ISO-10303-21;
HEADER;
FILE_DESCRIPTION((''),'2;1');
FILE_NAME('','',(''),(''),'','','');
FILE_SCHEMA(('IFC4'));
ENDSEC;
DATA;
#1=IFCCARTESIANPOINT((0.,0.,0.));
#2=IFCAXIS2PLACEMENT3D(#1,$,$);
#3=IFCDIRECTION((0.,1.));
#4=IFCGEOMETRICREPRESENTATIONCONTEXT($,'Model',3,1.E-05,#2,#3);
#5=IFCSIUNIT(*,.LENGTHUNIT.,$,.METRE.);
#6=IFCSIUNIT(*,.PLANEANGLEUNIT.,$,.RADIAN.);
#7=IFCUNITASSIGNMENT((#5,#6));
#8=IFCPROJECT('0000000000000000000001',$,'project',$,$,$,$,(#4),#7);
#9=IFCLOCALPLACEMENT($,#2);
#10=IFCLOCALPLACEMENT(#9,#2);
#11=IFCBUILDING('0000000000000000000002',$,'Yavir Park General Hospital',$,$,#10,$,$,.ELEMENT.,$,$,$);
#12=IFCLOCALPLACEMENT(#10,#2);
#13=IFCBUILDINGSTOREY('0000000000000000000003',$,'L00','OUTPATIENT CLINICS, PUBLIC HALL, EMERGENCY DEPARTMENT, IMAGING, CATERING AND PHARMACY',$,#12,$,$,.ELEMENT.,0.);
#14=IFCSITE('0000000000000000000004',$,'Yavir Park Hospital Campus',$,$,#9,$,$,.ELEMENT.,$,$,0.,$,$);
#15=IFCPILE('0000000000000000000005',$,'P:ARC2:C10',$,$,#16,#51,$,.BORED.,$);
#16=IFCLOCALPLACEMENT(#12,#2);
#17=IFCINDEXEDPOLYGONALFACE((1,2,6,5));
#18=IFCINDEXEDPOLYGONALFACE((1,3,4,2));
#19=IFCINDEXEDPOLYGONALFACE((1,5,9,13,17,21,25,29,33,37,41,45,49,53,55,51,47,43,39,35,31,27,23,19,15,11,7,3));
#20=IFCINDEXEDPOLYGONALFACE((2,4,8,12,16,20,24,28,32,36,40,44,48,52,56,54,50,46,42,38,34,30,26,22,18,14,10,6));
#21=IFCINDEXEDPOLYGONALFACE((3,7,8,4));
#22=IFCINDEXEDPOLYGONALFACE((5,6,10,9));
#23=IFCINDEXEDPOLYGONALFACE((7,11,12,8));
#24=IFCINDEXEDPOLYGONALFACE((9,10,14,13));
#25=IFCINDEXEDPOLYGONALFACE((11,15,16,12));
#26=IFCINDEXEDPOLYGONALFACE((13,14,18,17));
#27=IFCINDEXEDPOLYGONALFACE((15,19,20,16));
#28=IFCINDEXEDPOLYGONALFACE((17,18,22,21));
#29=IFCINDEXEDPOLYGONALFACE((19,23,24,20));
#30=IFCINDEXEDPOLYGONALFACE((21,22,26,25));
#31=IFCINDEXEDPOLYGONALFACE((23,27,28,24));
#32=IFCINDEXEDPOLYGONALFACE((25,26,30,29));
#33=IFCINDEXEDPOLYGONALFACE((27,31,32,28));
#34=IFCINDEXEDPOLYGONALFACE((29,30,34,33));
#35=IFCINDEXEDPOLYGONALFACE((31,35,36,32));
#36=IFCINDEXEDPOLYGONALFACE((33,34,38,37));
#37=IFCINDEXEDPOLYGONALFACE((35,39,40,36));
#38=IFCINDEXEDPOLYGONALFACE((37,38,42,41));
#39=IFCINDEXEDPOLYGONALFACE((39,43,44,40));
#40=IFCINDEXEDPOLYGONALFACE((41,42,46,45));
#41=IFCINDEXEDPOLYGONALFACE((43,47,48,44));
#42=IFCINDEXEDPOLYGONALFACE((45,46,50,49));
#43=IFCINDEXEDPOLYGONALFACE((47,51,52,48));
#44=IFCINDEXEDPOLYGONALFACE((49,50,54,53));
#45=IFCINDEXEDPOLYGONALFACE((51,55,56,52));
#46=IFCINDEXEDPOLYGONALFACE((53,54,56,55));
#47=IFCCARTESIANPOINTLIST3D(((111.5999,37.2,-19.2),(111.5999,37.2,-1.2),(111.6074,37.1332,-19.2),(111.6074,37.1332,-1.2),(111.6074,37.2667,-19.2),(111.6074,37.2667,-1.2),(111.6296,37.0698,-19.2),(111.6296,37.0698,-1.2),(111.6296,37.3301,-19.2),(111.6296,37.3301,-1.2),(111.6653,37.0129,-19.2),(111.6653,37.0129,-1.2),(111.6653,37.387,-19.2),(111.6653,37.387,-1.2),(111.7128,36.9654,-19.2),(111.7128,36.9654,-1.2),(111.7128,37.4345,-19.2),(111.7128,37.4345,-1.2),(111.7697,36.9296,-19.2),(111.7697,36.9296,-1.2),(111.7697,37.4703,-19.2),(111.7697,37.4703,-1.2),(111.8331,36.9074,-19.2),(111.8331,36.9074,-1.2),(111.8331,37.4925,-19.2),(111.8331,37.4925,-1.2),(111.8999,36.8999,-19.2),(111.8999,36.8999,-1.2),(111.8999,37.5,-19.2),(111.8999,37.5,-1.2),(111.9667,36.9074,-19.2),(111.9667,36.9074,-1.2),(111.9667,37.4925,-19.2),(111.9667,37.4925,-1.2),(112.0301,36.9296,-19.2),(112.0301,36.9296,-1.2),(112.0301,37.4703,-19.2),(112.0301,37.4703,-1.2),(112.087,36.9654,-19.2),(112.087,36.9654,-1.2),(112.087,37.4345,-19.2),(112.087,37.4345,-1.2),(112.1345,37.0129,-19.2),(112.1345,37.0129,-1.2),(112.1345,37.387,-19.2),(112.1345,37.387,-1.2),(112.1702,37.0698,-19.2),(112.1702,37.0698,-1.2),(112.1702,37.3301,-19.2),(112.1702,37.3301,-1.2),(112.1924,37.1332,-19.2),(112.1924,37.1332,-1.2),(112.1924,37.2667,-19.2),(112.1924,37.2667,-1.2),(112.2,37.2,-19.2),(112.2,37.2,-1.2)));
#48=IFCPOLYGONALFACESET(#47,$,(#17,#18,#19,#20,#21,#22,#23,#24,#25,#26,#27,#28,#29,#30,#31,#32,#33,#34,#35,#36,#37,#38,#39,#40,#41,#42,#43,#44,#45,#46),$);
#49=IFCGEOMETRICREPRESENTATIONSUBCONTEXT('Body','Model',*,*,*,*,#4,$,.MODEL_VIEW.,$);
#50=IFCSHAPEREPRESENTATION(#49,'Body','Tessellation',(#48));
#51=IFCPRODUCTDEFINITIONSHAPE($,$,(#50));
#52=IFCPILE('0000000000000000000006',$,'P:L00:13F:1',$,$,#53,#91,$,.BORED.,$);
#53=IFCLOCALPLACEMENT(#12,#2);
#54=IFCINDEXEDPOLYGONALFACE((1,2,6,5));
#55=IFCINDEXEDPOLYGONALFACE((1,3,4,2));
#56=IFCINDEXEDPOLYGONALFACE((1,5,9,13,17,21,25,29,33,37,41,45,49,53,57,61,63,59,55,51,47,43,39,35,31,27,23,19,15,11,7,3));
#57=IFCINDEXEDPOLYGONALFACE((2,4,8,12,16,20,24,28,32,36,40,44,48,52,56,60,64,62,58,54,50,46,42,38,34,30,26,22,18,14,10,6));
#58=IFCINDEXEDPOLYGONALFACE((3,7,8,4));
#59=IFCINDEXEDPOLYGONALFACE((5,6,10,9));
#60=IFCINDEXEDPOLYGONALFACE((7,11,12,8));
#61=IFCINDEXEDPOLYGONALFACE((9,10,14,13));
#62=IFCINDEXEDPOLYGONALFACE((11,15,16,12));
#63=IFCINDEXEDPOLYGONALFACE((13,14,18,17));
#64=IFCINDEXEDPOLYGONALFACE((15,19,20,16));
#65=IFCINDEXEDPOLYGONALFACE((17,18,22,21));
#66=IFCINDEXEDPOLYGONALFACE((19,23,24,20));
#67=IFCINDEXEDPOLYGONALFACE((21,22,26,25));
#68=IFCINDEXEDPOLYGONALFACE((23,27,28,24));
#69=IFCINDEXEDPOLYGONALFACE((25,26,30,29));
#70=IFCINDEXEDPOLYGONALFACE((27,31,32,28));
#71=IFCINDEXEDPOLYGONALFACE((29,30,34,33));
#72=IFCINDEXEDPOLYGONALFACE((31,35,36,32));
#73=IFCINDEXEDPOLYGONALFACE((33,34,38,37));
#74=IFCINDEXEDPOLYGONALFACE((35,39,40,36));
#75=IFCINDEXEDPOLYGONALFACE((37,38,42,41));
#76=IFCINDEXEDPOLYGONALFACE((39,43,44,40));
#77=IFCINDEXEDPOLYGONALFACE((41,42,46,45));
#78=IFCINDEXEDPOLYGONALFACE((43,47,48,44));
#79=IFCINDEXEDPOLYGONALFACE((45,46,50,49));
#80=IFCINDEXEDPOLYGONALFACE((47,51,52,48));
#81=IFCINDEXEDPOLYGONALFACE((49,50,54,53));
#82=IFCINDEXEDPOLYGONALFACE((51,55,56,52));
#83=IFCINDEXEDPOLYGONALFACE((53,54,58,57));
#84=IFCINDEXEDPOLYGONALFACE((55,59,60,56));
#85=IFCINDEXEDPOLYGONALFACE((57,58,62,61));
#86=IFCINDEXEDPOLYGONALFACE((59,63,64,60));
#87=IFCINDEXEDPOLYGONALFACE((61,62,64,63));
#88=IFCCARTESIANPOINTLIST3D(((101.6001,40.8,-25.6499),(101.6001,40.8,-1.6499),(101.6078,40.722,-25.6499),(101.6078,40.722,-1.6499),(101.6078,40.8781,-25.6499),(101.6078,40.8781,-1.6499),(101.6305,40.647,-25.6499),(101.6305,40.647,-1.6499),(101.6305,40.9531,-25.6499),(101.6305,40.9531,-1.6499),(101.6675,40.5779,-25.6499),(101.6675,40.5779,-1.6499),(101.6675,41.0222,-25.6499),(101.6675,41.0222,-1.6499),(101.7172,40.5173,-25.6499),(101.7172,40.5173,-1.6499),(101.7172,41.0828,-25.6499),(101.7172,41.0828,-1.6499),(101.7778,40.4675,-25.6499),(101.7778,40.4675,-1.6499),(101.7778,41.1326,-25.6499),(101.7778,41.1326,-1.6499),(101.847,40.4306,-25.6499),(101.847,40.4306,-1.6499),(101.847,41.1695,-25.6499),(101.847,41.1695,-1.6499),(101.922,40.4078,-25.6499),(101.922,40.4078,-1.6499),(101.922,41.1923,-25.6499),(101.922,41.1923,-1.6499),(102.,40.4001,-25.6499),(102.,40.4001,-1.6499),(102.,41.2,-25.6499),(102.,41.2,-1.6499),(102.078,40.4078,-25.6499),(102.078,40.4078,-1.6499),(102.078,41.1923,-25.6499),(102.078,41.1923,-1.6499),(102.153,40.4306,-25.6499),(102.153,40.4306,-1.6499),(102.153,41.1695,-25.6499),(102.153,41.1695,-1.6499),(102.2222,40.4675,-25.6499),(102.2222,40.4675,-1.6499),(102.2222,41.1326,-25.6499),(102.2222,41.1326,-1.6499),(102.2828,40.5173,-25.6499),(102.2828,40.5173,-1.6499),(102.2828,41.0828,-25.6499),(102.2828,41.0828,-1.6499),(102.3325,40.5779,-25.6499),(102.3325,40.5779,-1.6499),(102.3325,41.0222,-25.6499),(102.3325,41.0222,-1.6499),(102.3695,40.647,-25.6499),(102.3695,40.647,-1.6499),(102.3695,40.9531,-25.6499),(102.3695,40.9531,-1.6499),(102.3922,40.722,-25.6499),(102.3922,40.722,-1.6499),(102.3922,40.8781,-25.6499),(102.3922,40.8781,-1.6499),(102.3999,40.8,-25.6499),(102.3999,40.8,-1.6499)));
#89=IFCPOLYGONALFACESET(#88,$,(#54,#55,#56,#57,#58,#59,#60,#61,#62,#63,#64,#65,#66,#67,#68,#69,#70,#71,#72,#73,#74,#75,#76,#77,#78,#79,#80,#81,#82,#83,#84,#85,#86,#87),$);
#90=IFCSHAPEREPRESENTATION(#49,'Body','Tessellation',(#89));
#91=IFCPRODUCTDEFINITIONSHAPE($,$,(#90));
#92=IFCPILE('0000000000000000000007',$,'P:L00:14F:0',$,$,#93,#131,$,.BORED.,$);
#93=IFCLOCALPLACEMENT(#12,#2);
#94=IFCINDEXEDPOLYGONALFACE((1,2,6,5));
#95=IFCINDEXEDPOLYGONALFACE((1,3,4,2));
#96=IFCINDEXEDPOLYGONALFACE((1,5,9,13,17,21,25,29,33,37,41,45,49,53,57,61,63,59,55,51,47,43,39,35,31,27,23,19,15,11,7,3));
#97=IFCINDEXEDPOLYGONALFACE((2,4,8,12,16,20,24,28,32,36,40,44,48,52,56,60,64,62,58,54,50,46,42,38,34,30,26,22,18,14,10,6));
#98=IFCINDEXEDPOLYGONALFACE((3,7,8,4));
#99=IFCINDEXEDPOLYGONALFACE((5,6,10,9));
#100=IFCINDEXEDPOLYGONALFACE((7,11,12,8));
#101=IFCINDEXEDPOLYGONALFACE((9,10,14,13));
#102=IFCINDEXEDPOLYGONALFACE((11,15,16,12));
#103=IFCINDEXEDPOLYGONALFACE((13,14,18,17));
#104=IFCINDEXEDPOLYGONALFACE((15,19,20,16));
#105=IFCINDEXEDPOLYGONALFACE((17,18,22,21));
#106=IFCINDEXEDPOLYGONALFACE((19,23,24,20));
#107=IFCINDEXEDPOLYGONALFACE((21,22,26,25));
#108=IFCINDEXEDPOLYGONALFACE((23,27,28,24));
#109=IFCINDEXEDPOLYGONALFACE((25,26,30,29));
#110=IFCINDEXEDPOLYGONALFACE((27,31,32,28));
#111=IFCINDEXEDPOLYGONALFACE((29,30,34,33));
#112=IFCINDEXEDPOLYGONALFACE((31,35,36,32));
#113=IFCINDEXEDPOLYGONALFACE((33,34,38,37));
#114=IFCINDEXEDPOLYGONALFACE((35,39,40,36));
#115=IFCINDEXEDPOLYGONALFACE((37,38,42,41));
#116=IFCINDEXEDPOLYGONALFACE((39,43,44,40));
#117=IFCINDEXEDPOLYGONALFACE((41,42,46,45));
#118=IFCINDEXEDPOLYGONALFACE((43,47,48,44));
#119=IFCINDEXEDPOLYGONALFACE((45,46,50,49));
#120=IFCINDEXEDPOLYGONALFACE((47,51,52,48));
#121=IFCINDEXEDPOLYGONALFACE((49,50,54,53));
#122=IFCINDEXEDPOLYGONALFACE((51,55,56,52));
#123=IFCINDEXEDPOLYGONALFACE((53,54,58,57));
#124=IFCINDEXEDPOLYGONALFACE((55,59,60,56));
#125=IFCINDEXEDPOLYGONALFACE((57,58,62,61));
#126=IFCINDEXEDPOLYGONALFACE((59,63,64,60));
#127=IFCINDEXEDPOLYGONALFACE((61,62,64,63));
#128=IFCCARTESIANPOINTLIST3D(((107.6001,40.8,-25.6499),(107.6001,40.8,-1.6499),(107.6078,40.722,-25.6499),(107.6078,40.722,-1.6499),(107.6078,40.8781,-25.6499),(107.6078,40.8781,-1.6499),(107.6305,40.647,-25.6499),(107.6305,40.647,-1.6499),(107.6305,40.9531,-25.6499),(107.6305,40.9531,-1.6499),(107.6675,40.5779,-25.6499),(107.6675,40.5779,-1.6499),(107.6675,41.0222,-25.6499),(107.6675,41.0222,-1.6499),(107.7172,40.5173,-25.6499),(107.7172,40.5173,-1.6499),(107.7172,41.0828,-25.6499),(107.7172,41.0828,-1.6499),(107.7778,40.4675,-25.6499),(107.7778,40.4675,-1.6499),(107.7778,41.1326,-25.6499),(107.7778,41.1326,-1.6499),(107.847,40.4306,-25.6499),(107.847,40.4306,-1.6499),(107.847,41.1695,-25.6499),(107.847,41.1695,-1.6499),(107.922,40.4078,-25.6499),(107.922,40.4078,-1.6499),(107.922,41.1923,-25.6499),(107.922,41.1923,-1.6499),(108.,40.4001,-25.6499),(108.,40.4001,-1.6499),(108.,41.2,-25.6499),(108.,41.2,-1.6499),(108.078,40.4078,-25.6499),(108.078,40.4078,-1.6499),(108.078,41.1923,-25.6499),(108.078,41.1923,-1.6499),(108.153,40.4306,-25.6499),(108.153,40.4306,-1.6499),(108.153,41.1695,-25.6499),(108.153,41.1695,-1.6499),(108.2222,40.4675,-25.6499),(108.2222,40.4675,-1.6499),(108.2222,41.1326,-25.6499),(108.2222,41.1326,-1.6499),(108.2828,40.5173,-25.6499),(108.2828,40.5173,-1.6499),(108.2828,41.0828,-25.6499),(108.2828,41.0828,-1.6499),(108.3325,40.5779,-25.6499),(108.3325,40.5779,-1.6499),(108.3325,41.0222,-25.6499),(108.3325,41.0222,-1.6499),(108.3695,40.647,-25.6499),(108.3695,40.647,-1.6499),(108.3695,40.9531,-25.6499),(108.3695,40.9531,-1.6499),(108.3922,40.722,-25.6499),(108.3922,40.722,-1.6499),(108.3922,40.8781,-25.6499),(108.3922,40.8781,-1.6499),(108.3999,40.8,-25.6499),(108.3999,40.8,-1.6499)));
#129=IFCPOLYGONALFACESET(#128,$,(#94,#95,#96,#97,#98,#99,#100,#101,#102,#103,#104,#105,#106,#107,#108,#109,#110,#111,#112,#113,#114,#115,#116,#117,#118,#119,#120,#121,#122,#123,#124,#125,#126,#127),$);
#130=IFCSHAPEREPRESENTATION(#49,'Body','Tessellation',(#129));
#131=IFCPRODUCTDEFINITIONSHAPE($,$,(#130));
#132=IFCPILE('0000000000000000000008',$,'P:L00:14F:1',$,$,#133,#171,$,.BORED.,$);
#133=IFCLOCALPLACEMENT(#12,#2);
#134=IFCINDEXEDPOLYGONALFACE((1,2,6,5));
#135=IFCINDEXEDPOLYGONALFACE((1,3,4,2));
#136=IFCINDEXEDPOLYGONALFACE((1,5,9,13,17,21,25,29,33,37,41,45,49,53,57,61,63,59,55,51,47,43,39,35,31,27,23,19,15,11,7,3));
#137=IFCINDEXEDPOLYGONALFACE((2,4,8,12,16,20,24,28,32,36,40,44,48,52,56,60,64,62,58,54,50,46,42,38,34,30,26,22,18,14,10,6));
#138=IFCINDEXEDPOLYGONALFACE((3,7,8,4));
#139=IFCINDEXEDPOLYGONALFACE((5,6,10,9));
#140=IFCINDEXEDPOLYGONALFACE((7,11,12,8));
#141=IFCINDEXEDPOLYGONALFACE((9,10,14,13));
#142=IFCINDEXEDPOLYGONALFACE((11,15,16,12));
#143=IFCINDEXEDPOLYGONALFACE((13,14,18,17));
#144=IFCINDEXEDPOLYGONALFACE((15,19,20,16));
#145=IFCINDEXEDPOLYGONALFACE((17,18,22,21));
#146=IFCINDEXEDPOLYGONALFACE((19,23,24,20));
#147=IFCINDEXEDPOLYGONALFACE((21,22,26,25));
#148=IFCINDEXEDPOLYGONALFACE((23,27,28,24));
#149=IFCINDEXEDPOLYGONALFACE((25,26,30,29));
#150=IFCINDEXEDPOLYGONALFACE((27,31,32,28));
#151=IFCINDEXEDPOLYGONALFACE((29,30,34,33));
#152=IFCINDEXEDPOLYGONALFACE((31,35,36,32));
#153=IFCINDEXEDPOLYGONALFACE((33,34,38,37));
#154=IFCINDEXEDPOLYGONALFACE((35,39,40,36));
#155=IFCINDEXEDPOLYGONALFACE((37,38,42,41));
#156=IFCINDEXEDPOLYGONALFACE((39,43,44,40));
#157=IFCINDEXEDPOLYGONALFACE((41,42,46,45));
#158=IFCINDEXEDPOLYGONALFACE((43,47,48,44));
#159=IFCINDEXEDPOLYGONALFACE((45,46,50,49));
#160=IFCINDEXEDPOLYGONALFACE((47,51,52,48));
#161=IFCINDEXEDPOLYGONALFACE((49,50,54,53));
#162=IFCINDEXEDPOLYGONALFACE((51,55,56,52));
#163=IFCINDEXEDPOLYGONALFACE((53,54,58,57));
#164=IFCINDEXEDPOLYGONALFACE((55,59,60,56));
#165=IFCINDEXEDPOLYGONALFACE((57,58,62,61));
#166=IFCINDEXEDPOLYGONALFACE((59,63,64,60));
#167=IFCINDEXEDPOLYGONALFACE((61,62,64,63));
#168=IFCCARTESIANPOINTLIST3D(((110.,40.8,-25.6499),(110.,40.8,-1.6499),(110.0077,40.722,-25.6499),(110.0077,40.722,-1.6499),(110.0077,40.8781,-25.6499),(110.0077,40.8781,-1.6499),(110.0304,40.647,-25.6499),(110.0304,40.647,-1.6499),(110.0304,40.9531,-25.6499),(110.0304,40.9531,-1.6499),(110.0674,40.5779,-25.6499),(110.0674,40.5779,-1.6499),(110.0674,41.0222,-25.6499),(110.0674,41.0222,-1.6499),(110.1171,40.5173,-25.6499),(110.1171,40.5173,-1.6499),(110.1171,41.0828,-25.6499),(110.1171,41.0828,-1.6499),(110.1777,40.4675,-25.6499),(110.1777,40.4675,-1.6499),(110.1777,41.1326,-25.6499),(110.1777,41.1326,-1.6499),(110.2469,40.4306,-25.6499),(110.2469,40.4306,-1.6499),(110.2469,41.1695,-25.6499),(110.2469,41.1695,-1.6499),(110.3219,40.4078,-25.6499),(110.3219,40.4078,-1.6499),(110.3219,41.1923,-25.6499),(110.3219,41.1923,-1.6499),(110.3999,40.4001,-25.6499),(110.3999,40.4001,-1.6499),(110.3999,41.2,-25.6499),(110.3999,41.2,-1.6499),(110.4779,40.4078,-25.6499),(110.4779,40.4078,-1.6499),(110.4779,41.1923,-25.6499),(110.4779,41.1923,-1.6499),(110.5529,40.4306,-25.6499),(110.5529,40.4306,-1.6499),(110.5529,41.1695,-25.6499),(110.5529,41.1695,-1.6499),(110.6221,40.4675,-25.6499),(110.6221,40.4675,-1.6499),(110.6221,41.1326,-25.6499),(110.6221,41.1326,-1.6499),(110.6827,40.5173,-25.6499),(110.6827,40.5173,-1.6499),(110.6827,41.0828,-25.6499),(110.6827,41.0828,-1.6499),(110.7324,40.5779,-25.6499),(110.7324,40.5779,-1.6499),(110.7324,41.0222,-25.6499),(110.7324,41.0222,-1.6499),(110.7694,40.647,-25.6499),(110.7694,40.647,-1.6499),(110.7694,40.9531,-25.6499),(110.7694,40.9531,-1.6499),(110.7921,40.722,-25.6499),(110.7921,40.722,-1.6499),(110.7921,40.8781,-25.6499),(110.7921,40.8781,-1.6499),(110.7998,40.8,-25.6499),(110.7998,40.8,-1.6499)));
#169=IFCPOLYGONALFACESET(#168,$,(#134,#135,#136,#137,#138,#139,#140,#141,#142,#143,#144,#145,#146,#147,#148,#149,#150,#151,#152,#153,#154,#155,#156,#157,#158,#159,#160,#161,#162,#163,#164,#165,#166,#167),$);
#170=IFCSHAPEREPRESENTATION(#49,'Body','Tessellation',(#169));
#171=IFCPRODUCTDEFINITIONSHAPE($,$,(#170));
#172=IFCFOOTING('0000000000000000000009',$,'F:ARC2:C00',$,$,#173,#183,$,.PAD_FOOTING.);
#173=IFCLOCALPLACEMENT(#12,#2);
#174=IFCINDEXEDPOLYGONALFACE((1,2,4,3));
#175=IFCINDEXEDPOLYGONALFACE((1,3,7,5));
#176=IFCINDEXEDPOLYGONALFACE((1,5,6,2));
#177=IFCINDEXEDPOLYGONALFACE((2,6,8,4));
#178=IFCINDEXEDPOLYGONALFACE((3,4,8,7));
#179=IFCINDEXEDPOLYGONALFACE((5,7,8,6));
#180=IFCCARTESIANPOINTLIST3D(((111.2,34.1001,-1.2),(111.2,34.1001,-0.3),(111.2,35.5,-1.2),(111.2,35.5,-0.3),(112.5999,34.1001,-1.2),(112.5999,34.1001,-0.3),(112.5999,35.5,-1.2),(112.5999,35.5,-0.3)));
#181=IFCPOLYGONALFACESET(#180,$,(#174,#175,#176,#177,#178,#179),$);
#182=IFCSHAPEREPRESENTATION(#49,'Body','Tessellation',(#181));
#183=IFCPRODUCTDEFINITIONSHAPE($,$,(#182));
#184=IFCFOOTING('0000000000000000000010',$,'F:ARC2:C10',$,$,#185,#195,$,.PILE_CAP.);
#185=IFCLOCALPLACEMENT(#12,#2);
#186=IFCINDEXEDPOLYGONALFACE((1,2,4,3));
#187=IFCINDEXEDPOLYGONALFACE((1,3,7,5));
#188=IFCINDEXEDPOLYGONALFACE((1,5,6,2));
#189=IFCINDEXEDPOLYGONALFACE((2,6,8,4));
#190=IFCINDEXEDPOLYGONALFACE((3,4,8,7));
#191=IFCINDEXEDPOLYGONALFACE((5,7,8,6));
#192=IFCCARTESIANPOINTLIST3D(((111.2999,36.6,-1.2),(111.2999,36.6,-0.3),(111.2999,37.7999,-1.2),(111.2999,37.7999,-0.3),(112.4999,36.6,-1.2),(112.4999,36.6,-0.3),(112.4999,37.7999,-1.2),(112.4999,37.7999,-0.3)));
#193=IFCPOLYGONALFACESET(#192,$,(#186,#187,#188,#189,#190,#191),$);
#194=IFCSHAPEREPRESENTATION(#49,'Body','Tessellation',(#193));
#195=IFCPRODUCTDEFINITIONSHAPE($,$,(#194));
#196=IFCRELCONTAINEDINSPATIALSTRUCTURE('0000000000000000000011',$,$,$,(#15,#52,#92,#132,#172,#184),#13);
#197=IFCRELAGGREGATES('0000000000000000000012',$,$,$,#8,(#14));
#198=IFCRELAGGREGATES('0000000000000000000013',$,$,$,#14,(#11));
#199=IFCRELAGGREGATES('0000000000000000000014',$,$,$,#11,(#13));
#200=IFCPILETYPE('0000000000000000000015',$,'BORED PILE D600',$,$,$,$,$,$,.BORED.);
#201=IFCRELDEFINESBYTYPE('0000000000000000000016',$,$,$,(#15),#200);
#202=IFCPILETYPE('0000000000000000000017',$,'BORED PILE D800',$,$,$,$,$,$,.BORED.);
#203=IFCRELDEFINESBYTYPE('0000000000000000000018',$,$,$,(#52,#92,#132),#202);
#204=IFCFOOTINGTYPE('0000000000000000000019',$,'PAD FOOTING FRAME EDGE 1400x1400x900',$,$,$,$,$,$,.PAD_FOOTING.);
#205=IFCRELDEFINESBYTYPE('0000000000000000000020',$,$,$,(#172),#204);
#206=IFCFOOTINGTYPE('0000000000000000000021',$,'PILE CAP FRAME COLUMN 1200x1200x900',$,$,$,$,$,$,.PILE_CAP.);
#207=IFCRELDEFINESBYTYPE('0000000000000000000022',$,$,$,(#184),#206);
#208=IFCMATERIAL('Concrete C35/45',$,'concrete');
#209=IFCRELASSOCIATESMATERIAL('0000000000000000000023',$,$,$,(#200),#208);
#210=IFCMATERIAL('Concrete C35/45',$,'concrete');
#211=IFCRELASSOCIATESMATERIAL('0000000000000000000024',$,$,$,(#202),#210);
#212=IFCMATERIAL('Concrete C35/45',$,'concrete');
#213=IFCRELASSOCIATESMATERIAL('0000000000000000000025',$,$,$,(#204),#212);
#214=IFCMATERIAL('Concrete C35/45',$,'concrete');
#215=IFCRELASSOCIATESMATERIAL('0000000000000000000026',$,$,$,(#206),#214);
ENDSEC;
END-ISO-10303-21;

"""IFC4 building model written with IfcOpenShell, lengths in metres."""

from ifc_helpers import new_model, si_unit, direction, frame, origin, origin_2d, place, context, subcontext, project, spatial, rectangle, circle, extrude, material, material_profile, profile_set, type_object, element, save


model = new_model("IFC4")

# Units and contexts
model_context = context("Model", 3, precision=1e-05, world=origin(), true_north=direction((0.0, 1.0)))
body_context = subcontext(model_context, "Body", "Model", "MODEL_VIEW")
ifc_project = project(units=[si_unit("LENGTHUNIT", "METRE"), si_unit("PLANEANGLEUNIT", "RADIAN")], contexts=[model_context])

# Site, building, storey
site_placement = place(None, origin())
site = spatial("IfcSite", under=ifc_project, at=site_placement, Name="Yavir Park Hospital Campus", CompositionType="ELEMENT", RefElevation=0.0)
building_placement = place(site_placement, origin())
building = spatial("IfcBuilding", under=site, at=building_placement, Name="Yavir Park General Hospital", CompositionType="ELEMENT")
storey_placement = place(building_placement, origin())
storey = spatial("IfcBuildingStorey", under=building, at=storey_placement, Name="L00", Description="OUTPATIENT CLINICS, PUBLIC HALL, EMERGENCY DEPARTMENT, IMAGING, CATERING AND PHARMACY", CompositionType="ELEMENT", Elevation=0.0)

# Piles
ifc_material_1 = material(Name="Concrete C35/45", Category="concrete")
ifc_material_profile_1 = material_profile(ifc_material_1, circle(Radius=0.3, at=origin_2d()), Name="D600")
ifc_profile_set_1 = profile_set([ifc_material_profile_1], Name="Concrete C35/45")
pile_type_1 = type_object("IfcPileType", Name="BORED PILE D600", PredefinedType="BORED", material=ifc_profile_set_1)
pile_placement = place(storey_placement, frame((111.8999, 37.2, -1.2), z_axis=(0.0, 0.0, -1.0), x_axis=(1.0, 0.0, 0.0)))
element("IfcPile", 1, at=pile_placement, inside=storey, type_object=pile_type_1, Name="P:ARC2:C10", PredefinedType="BORED", context=body_context, shape_type="SweptSolid", body=[
    extrude(circle(Radius=0.3, at=origin_2d()), origin(), (0.0, 0.0, 1.0), 18.0),
])
ifc_material_2 = material(Name="Concrete C35/45", Category="concrete")
ifc_material_profile_2 = material_profile(ifc_material_2, circle(Radius=0.3999, at=origin_2d()), Name="D800")
ifc_profile_set_2 = profile_set([ifc_material_profile_2], Name="Concrete C35/45")
pile_type_2 = type_object("IfcPileType", Name="BORED PILE D800", PredefinedType="BORED", material=ifc_profile_set_2)
for number, where, z_axis, x_axis, name in (
    (2, (102.0, 40.8, -1.6499), (0.0, 0.0, -1.0), (1.0, 0.0, 0.0), "P:L00:13F:1"),
    (3, (108.0, 40.8, -1.6499), (0.0, 0.0, -1.0), (1.0, 0.0, 0.0), "P:L00:14F:0"),
    (4, (110.3999, 40.8, -1.6499), (0.0, 0.0, -1.0), (1.0, 0.0, 0.0), "P:L00:14F:1"),
):
    element("IfcPile", number, at=place(storey_placement, frame(where, z_axis=z_axis, x_axis=x_axis)), inside=storey, type_object=pile_type_2, Name=name, PredefinedType="BORED", context=body_context, shape_type="SweptSolid", body=[
        extrude(circle(Radius=0.3999, at=origin_2d()), origin(), (0.0, 0.0, 1.0), 24.0),
    ])

# Footings
ifc_material_3 = material(Name="Concrete C35/45", Category="concrete")
footing_type_1 = type_object("IfcFootingType", Name="PAD FOOTING FRAME EDGE 1400x1400x900", PredefinedType="PAD_FOOTING", material=ifc_material_3)
footing_1_placement = place(storey_placement, frame((111.8999, 34.8, -1.2), z_axis=(0.0, 0.0, 1.0), x_axis=(1.0, 0.0, 0.0)))
element("IfcFooting", 5, at=footing_1_placement, inside=storey, type_object=footing_type_1, Name="F:ARC2:C00", PredefinedType="PAD_FOOTING", context=body_context, shape_type="SweptSolid", body=[
    extrude(rectangle(XDim=1.3999, YDim=1.3999, at=origin_2d()), origin(), (0.0, 0.0, 1.0), 0.8999),
])
ifc_material_4 = material(Name="Concrete C35/45", Category="concrete")
footing_type_2 = type_object("IfcFootingType", Name="PILE CAP FRAME COLUMN 1200x1200x900", PredefinedType="PILE_CAP", material=ifc_material_4)
footing_2_placement = place(storey_placement, frame((111.8999, 37.2, -1.2), z_axis=(0.0, 0.0, 1.0), x_axis=(1.0, 0.0, 0.0)))
element("IfcFooting", 6, at=footing_2_placement, inside=storey, type_object=footing_type_2, Name="F:ARC2:C10", PredefinedType="PILE_CAP", context=body_context, shape_type="SweptSolid", body=[
    extrude(rectangle(XDim=1.2, YDim=1.2, at=origin_2d()), origin(), (0.0, 0.0, 1.0), 0.8999),
])

save(model, "model.ifc")
